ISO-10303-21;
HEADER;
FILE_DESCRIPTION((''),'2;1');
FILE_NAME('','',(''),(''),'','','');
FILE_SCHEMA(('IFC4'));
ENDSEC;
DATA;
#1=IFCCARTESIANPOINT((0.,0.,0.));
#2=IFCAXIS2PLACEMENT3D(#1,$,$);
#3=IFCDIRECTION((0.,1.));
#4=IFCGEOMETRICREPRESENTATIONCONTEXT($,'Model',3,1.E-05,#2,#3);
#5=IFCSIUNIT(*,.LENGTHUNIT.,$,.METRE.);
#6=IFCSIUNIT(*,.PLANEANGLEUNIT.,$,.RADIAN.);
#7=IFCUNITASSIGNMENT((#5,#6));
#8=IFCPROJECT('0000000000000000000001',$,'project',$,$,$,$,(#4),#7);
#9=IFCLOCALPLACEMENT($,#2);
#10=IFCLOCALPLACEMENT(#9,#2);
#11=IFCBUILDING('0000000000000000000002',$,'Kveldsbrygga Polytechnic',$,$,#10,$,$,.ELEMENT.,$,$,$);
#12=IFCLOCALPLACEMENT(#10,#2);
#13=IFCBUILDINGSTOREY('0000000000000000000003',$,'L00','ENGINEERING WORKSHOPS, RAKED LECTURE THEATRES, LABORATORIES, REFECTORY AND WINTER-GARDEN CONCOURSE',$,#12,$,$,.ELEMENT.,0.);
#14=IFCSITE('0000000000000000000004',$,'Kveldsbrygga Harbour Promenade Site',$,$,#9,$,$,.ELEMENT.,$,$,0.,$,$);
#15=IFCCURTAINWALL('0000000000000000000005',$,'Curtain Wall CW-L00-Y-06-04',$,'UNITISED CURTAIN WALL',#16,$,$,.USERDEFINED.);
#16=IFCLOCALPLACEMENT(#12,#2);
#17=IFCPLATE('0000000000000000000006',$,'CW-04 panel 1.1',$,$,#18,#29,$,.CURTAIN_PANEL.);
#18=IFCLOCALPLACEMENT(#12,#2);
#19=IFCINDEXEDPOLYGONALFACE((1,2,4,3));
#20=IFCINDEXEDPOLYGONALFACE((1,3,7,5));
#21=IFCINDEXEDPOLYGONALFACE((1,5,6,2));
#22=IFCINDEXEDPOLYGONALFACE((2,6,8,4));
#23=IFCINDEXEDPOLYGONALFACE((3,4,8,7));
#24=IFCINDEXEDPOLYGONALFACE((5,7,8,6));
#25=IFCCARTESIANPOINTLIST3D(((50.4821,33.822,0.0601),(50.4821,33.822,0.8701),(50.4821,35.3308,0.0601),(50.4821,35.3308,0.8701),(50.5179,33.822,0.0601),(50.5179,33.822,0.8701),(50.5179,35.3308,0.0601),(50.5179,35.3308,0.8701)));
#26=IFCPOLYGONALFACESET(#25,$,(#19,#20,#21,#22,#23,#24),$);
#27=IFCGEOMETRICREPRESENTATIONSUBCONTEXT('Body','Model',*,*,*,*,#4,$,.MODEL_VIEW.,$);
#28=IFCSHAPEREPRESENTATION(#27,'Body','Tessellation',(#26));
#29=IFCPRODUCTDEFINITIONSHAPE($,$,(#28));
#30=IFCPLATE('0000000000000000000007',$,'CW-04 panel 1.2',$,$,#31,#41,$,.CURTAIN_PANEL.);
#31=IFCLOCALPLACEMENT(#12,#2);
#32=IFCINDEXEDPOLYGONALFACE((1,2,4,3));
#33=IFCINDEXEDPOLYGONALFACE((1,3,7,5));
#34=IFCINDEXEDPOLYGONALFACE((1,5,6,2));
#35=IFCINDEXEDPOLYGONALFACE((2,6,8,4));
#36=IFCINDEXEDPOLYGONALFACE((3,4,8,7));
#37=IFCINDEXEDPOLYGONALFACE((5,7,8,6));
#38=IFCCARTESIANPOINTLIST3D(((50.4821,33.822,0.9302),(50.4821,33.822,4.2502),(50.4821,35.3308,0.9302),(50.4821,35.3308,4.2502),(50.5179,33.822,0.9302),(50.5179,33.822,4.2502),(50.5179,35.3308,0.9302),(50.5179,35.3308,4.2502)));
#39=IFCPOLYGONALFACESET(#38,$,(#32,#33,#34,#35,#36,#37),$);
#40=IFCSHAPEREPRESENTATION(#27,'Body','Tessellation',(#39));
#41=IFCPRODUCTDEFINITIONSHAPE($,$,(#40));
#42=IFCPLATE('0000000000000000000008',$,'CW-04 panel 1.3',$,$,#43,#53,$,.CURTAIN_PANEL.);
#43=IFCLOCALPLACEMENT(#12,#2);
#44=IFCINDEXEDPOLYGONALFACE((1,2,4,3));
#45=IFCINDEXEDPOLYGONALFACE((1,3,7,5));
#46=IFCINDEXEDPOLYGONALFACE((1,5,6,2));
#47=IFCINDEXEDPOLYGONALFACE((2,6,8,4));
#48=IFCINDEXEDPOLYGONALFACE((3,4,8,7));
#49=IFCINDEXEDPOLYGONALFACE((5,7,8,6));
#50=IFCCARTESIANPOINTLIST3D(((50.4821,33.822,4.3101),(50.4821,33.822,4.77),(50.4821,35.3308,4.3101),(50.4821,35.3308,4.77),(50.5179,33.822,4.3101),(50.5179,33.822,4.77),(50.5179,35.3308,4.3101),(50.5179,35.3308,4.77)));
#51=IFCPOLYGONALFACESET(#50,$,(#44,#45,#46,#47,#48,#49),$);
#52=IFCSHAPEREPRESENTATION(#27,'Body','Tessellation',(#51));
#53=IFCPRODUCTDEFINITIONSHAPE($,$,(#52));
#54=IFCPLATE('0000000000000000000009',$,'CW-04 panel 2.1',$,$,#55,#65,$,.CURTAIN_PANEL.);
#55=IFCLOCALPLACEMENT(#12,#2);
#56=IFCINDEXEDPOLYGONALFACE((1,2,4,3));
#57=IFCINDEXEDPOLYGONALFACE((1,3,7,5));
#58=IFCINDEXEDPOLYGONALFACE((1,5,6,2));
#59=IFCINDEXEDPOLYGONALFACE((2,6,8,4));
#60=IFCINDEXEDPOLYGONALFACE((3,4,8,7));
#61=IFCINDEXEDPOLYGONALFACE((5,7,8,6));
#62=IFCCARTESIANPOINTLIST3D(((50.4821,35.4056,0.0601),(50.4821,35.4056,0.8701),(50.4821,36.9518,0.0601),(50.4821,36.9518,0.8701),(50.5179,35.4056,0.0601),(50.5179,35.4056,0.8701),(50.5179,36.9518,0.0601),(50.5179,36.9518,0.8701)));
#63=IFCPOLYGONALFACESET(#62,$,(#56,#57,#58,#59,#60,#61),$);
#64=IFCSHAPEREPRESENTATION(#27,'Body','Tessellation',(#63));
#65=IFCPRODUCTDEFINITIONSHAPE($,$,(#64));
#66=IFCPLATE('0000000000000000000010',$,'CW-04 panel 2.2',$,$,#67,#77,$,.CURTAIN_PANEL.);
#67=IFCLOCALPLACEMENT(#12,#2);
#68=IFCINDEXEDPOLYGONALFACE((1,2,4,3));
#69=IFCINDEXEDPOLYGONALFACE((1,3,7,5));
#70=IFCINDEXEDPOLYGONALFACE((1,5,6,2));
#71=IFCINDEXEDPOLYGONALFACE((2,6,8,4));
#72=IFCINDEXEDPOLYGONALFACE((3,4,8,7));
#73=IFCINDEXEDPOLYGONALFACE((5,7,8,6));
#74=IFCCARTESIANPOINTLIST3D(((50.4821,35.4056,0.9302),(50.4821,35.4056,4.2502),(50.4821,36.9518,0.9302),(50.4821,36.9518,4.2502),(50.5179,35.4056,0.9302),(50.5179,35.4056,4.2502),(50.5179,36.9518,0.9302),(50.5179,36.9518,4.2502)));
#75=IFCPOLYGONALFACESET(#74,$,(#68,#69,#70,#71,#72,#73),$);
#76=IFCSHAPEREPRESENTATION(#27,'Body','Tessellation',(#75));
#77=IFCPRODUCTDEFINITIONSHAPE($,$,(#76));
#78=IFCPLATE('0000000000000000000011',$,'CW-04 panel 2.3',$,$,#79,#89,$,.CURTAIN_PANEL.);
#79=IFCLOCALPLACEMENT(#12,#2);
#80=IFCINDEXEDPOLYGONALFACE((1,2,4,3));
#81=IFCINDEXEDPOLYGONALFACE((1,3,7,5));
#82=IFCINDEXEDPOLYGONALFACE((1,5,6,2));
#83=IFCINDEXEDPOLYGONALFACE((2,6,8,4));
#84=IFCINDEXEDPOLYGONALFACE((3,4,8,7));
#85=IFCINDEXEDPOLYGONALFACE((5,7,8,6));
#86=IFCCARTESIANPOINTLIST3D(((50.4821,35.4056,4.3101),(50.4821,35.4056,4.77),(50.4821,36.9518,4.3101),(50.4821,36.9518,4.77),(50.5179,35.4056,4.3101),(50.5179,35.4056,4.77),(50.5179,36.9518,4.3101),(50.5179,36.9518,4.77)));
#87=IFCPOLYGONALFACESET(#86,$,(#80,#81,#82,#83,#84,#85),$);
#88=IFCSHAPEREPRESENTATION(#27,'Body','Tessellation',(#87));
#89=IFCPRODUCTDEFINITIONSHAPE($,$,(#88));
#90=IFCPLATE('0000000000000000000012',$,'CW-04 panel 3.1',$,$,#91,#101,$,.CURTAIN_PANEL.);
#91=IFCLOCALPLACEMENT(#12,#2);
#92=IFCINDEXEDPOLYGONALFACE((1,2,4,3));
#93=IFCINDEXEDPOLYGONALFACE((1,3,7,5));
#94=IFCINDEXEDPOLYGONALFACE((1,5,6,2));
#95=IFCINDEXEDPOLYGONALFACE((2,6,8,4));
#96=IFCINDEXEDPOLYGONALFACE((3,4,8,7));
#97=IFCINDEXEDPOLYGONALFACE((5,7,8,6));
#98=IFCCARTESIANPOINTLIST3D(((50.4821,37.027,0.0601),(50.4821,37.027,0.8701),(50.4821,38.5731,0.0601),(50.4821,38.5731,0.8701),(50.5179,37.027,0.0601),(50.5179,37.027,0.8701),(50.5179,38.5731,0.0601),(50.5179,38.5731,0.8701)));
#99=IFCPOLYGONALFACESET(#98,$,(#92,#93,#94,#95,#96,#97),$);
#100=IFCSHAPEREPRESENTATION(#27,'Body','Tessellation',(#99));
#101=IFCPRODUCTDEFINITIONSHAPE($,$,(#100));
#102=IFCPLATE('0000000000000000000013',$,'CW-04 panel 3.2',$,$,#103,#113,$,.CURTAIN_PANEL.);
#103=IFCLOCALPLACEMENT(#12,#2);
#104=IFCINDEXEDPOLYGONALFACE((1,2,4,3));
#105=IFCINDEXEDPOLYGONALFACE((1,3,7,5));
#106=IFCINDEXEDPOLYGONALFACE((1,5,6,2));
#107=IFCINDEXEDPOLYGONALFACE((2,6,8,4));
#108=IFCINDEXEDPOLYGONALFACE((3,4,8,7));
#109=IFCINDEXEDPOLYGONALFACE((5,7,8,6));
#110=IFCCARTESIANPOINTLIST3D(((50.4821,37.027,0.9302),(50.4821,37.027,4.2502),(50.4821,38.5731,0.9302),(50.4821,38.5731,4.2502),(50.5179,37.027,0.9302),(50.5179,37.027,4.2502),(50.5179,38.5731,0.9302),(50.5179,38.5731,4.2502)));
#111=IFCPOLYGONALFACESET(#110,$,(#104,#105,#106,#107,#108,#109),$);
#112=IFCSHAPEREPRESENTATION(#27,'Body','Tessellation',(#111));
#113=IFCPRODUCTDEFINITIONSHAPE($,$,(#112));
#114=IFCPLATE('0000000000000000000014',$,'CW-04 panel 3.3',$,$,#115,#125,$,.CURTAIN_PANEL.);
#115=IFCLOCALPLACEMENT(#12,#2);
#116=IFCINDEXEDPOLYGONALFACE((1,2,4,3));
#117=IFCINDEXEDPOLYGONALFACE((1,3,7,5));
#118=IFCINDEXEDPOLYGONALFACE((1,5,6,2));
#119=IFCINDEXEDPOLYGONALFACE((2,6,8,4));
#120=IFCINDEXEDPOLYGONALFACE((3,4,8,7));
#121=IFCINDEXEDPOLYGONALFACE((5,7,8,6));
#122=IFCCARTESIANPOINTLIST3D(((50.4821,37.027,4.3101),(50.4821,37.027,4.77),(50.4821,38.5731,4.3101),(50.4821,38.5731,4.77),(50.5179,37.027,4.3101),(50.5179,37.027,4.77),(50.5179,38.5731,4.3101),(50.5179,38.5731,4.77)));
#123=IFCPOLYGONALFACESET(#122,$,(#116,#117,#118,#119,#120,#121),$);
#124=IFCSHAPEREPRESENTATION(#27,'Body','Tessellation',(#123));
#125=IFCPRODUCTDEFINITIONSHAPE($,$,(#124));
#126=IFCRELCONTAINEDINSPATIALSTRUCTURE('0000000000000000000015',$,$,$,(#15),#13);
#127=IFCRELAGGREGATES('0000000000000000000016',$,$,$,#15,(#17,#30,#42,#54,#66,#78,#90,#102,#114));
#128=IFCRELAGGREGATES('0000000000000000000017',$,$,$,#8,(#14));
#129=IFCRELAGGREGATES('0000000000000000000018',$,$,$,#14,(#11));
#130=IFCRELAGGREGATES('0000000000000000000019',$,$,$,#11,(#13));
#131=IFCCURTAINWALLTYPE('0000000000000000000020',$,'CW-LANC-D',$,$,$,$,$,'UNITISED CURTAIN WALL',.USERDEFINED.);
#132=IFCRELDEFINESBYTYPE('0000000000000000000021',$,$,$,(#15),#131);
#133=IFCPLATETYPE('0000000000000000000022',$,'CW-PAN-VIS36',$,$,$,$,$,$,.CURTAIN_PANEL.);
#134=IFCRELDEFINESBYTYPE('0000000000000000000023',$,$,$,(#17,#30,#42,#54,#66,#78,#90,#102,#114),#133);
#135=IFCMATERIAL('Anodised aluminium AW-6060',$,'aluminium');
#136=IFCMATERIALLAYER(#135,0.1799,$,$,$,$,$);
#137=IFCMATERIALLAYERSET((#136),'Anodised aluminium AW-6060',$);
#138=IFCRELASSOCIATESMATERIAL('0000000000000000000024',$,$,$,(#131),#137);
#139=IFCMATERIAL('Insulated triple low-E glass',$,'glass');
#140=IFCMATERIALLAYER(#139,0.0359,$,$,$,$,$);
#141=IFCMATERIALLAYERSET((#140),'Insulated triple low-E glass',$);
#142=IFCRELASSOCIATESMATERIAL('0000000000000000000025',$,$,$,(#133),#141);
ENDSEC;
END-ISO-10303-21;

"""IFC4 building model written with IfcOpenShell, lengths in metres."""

from ifc_helpers import new_model, si_unit, direction, frame, origin, origin_2d, place, context, subcontext, project, spatial, rectangle, extrude, material, layer, layer_set, type_object, element, aggregate, save


model = new_model("IFC4")

# Units and contexts
model_context = context("Model", 3, precision=1e-05, world=origin(), true_north=direction((0.0, 1.0)))
body_context = subcontext(model_context, "Body", "Model", "MODEL_VIEW")
ifc_project = project(units=[si_unit("LENGTHUNIT", "METRE"), si_unit("PLANEANGLEUNIT", "RADIAN")], contexts=[model_context])

# Site, building, storey
site_placement = place(None, origin())
site = spatial("IfcSite", under=ifc_project, at=site_placement, Name="Kveldsbrygga Harbour Promenade Site", CompositionType="ELEMENT", RefElevation=0.0)
building_placement = place(site_placement, origin())
building = spatial("IfcBuilding", under=site, at=building_placement, Name="Kveldsbrygga Polytechnic", CompositionType="ELEMENT")
storey_placement = place(building_placement, origin())
storey = spatial("IfcBuildingStorey", under=building, at=storey_placement, Name="L00", Description="ENGINEERING WORKSHOPS, RAKED LECTURE THEATRES, LABORATORIES, REFECTORY AND WINTER-GARDEN CONCOURSE", CompositionType="ELEMENT", Elevation=0.0)

# Curtain wall
ifc_material_1 = material(Name="Anodised aluminium AW-6060", Category="aluminium")
ifc_layer_1 = layer(ifc_material_1, 0.1799)
ifc_layer_set_1 = layer_set([ifc_layer_1], Name="Anodised aluminium AW-6060")
curtain_wall_type = type_object("IfcCurtainWallType", Name="CW-LANC-D", ElementType="UNITISED CURTAIN WALL", PredefinedType="USERDEFINED", material=ifc_layer_set_1)
curtain_wall_placement = place(storey_placement, origin())
curtain_wall = element("IfcCurtainWall", 1, at=curtain_wall_placement, inside=storey, type_object=curtain_wall_type, Name="Curtain Wall CW-L00-Y-06-04", ObjectType="UNITISED CURTAIN WALL", PredefinedType="USERDEFINED")

# Plates
ifc_material_2 = material(Name="Insulated triple low-E glass", Category="glass")
ifc_layer_2 = layer(ifc_material_2, 0.0359)
ifc_layer_set_2 = layer_set([ifc_layer_2], Name="Insulated triple low-E glass")
plate_type_1 = type_object("IfcPlateType", Name="CW-PAN-VIS36", PredefinedType="CURTAIN_PANEL", material=ifc_layer_set_2)
plate_1_placement = place(storey_placement, frame((50.5, 34.5764, 0.0601), z_axis=(0.0, 0.0, 1.0), x_axis=(0.0, 1.0, 0.0)))
plate_1 = element("IfcPlate", 2, at=plate_1_placement, type_object=plate_type_1, Name="CW-04 panel 1.1", PredefinedType="CURTAIN_PANEL", context=body_context, shape_type="SweptSolid", body=[
    extrude(rectangle(XDim=1.5088, YDim=0.0359, at=origin_2d()), origin(), (0.0, 0.0, 1.0), 0.8101),
])
plate_2_placement = place(storey_placement, frame((50.5, 34.5764, 0.9302), z_axis=(0.0, 0.0, 1.0), x_axis=(0.0, 1.0, 0.0)))
plate_2 = element("IfcPlate", 3, at=plate_2_placement, type_object=plate_type_1, Name="CW-04 panel 1.2", PredefinedType="CURTAIN_PANEL", context=body_context, shape_type="SweptSolid", body=[
    extrude(rectangle(XDim=1.5088, YDim=0.0359, at=origin_2d()), origin(), (0.0, 0.0, 1.0), 3.3201),
])
plate_3_placement = place(storey_placement, frame((50.5, 34.5764, 4.3101), z_axis=(0.0, 0.0, 1.0), x_axis=(0.0, 1.0, 0.0)))
plate_3 = element("IfcPlate", 4, at=plate_3_placement, type_object=plate_type_1, Name="CW-04 panel 1.3", PredefinedType="CURTAIN_PANEL", context=body_context, shape_type="SweptSolid", body=[
    extrude(rectangle(XDim=1.5088, YDim=0.0359, at=origin_2d()), origin(), (0.0, 0.0, 1.0), 0.46),
])
plate_4_placement = place(storey_placement, frame((50.5, 36.1787, 0.0601), z_axis=(0.0, 0.0, 1.0), x_axis=(0.0, 1.0, 0.0)))
plate_4 = element("IfcPlate", 5, at=plate_4_placement, type_object=plate_type_1, Name="CW-04 panel 2.1", PredefinedType="CURTAIN_PANEL", context=body_context, shape_type="SweptSolid", body=[
    extrude(rectangle(XDim=1.5461, YDim=0.0359, at=origin_2d()), origin(), (0.0, 0.0, 1.0), 0.8101),
])
plate_5_placement = place(storey_placement, frame((50.5, 36.1787, 0.9302), z_axis=(0.0, 0.0, 1.0), x_axis=(0.0, 1.0, 0.0)))
plate_5 = element("IfcPlate", 6, at=plate_5_placement, type_object=plate_type_1, Name="CW-04 panel 2.2", PredefinedType="CURTAIN_PANEL", context=body_context, shape_type="SweptSolid", body=[
    extrude(rectangle(XDim=1.5461, YDim=0.0359, at=origin_2d()), origin(), (0.0, 0.0, 1.0), 3.3201),
])
plate_6_placement = place(storey_placement, frame((50.5, 36.1787, 4.3101), z_axis=(0.0, 0.0, 1.0), x_axis=(0.0, 1.0, 0.0)))
plate_6 = element("IfcPlate", 7, at=plate_6_placement, type_object=plate_type_1, Name="CW-04 panel 2.3", PredefinedType="CURTAIN_PANEL", context=body_context, shape_type="SweptSolid", body=[
    extrude(rectangle(XDim=1.5461, YDim=0.0359, at=origin_2d()), origin(), (0.0, 0.0, 1.0), 0.46),
])
plate_7_placement = place(storey_placement, frame((50.5, 37.8, 0.0601), z_axis=(0.0, 0.0, 1.0), x_axis=(0.0, 1.0, 0.0)))
plate_7 = element("IfcPlate", 8, at=plate_7_placement, type_object=plate_type_1, Name="CW-04 panel 3.1", PredefinedType="CURTAIN_PANEL", context=body_context, shape_type="SweptSolid", body=[
    extrude(rectangle(XDim=1.5461, YDim=0.0359, at=origin_2d()), origin(), (0.0, 0.0, 1.0), 0.8101),
])
plate_8_placement = place(storey_placement, frame((50.5, 37.8, 0.9302), z_axis=(0.0, 0.0, 1.0), x_axis=(0.0, 1.0, 0.0)))
plate_8 = element("IfcPlate", 9, at=plate_8_placement, type_object=plate_type_1, Name="CW-04 panel 3.2", PredefinedType="CURTAIN_PANEL", context=body_context, shape_type="SweptSolid", body=[
    extrude(rectangle(XDim=1.5461, YDim=0.0359, at=origin_2d()), origin(), (0.0, 0.0, 1.0), 3.3201),
])
plate_9_placement = place(storey_placement, frame((50.5, 37.8, 4.3101), z_axis=(0.0, 0.0, 1.0), x_axis=(0.0, 1.0, 0.0)))
plate_9 = element("IfcPlate", 10, at=plate_9_placement, type_object=plate_type_1, Name="CW-04 panel 3.3", PredefinedType="CURTAIN_PANEL", context=body_context, shape_type="SweptSolid", body=[
    extrude(rectangle(XDim=1.5461, YDim=0.0359, at=origin_2d()), origin(), (0.0, 0.0, 1.0), 0.46),
])
aggregate(curtain_wall, [plate_1, plate_2, plate_3, plate_4, plate_5, plate_6, plate_7, plate_8, plate_9])

save(model, "model.ifc")
